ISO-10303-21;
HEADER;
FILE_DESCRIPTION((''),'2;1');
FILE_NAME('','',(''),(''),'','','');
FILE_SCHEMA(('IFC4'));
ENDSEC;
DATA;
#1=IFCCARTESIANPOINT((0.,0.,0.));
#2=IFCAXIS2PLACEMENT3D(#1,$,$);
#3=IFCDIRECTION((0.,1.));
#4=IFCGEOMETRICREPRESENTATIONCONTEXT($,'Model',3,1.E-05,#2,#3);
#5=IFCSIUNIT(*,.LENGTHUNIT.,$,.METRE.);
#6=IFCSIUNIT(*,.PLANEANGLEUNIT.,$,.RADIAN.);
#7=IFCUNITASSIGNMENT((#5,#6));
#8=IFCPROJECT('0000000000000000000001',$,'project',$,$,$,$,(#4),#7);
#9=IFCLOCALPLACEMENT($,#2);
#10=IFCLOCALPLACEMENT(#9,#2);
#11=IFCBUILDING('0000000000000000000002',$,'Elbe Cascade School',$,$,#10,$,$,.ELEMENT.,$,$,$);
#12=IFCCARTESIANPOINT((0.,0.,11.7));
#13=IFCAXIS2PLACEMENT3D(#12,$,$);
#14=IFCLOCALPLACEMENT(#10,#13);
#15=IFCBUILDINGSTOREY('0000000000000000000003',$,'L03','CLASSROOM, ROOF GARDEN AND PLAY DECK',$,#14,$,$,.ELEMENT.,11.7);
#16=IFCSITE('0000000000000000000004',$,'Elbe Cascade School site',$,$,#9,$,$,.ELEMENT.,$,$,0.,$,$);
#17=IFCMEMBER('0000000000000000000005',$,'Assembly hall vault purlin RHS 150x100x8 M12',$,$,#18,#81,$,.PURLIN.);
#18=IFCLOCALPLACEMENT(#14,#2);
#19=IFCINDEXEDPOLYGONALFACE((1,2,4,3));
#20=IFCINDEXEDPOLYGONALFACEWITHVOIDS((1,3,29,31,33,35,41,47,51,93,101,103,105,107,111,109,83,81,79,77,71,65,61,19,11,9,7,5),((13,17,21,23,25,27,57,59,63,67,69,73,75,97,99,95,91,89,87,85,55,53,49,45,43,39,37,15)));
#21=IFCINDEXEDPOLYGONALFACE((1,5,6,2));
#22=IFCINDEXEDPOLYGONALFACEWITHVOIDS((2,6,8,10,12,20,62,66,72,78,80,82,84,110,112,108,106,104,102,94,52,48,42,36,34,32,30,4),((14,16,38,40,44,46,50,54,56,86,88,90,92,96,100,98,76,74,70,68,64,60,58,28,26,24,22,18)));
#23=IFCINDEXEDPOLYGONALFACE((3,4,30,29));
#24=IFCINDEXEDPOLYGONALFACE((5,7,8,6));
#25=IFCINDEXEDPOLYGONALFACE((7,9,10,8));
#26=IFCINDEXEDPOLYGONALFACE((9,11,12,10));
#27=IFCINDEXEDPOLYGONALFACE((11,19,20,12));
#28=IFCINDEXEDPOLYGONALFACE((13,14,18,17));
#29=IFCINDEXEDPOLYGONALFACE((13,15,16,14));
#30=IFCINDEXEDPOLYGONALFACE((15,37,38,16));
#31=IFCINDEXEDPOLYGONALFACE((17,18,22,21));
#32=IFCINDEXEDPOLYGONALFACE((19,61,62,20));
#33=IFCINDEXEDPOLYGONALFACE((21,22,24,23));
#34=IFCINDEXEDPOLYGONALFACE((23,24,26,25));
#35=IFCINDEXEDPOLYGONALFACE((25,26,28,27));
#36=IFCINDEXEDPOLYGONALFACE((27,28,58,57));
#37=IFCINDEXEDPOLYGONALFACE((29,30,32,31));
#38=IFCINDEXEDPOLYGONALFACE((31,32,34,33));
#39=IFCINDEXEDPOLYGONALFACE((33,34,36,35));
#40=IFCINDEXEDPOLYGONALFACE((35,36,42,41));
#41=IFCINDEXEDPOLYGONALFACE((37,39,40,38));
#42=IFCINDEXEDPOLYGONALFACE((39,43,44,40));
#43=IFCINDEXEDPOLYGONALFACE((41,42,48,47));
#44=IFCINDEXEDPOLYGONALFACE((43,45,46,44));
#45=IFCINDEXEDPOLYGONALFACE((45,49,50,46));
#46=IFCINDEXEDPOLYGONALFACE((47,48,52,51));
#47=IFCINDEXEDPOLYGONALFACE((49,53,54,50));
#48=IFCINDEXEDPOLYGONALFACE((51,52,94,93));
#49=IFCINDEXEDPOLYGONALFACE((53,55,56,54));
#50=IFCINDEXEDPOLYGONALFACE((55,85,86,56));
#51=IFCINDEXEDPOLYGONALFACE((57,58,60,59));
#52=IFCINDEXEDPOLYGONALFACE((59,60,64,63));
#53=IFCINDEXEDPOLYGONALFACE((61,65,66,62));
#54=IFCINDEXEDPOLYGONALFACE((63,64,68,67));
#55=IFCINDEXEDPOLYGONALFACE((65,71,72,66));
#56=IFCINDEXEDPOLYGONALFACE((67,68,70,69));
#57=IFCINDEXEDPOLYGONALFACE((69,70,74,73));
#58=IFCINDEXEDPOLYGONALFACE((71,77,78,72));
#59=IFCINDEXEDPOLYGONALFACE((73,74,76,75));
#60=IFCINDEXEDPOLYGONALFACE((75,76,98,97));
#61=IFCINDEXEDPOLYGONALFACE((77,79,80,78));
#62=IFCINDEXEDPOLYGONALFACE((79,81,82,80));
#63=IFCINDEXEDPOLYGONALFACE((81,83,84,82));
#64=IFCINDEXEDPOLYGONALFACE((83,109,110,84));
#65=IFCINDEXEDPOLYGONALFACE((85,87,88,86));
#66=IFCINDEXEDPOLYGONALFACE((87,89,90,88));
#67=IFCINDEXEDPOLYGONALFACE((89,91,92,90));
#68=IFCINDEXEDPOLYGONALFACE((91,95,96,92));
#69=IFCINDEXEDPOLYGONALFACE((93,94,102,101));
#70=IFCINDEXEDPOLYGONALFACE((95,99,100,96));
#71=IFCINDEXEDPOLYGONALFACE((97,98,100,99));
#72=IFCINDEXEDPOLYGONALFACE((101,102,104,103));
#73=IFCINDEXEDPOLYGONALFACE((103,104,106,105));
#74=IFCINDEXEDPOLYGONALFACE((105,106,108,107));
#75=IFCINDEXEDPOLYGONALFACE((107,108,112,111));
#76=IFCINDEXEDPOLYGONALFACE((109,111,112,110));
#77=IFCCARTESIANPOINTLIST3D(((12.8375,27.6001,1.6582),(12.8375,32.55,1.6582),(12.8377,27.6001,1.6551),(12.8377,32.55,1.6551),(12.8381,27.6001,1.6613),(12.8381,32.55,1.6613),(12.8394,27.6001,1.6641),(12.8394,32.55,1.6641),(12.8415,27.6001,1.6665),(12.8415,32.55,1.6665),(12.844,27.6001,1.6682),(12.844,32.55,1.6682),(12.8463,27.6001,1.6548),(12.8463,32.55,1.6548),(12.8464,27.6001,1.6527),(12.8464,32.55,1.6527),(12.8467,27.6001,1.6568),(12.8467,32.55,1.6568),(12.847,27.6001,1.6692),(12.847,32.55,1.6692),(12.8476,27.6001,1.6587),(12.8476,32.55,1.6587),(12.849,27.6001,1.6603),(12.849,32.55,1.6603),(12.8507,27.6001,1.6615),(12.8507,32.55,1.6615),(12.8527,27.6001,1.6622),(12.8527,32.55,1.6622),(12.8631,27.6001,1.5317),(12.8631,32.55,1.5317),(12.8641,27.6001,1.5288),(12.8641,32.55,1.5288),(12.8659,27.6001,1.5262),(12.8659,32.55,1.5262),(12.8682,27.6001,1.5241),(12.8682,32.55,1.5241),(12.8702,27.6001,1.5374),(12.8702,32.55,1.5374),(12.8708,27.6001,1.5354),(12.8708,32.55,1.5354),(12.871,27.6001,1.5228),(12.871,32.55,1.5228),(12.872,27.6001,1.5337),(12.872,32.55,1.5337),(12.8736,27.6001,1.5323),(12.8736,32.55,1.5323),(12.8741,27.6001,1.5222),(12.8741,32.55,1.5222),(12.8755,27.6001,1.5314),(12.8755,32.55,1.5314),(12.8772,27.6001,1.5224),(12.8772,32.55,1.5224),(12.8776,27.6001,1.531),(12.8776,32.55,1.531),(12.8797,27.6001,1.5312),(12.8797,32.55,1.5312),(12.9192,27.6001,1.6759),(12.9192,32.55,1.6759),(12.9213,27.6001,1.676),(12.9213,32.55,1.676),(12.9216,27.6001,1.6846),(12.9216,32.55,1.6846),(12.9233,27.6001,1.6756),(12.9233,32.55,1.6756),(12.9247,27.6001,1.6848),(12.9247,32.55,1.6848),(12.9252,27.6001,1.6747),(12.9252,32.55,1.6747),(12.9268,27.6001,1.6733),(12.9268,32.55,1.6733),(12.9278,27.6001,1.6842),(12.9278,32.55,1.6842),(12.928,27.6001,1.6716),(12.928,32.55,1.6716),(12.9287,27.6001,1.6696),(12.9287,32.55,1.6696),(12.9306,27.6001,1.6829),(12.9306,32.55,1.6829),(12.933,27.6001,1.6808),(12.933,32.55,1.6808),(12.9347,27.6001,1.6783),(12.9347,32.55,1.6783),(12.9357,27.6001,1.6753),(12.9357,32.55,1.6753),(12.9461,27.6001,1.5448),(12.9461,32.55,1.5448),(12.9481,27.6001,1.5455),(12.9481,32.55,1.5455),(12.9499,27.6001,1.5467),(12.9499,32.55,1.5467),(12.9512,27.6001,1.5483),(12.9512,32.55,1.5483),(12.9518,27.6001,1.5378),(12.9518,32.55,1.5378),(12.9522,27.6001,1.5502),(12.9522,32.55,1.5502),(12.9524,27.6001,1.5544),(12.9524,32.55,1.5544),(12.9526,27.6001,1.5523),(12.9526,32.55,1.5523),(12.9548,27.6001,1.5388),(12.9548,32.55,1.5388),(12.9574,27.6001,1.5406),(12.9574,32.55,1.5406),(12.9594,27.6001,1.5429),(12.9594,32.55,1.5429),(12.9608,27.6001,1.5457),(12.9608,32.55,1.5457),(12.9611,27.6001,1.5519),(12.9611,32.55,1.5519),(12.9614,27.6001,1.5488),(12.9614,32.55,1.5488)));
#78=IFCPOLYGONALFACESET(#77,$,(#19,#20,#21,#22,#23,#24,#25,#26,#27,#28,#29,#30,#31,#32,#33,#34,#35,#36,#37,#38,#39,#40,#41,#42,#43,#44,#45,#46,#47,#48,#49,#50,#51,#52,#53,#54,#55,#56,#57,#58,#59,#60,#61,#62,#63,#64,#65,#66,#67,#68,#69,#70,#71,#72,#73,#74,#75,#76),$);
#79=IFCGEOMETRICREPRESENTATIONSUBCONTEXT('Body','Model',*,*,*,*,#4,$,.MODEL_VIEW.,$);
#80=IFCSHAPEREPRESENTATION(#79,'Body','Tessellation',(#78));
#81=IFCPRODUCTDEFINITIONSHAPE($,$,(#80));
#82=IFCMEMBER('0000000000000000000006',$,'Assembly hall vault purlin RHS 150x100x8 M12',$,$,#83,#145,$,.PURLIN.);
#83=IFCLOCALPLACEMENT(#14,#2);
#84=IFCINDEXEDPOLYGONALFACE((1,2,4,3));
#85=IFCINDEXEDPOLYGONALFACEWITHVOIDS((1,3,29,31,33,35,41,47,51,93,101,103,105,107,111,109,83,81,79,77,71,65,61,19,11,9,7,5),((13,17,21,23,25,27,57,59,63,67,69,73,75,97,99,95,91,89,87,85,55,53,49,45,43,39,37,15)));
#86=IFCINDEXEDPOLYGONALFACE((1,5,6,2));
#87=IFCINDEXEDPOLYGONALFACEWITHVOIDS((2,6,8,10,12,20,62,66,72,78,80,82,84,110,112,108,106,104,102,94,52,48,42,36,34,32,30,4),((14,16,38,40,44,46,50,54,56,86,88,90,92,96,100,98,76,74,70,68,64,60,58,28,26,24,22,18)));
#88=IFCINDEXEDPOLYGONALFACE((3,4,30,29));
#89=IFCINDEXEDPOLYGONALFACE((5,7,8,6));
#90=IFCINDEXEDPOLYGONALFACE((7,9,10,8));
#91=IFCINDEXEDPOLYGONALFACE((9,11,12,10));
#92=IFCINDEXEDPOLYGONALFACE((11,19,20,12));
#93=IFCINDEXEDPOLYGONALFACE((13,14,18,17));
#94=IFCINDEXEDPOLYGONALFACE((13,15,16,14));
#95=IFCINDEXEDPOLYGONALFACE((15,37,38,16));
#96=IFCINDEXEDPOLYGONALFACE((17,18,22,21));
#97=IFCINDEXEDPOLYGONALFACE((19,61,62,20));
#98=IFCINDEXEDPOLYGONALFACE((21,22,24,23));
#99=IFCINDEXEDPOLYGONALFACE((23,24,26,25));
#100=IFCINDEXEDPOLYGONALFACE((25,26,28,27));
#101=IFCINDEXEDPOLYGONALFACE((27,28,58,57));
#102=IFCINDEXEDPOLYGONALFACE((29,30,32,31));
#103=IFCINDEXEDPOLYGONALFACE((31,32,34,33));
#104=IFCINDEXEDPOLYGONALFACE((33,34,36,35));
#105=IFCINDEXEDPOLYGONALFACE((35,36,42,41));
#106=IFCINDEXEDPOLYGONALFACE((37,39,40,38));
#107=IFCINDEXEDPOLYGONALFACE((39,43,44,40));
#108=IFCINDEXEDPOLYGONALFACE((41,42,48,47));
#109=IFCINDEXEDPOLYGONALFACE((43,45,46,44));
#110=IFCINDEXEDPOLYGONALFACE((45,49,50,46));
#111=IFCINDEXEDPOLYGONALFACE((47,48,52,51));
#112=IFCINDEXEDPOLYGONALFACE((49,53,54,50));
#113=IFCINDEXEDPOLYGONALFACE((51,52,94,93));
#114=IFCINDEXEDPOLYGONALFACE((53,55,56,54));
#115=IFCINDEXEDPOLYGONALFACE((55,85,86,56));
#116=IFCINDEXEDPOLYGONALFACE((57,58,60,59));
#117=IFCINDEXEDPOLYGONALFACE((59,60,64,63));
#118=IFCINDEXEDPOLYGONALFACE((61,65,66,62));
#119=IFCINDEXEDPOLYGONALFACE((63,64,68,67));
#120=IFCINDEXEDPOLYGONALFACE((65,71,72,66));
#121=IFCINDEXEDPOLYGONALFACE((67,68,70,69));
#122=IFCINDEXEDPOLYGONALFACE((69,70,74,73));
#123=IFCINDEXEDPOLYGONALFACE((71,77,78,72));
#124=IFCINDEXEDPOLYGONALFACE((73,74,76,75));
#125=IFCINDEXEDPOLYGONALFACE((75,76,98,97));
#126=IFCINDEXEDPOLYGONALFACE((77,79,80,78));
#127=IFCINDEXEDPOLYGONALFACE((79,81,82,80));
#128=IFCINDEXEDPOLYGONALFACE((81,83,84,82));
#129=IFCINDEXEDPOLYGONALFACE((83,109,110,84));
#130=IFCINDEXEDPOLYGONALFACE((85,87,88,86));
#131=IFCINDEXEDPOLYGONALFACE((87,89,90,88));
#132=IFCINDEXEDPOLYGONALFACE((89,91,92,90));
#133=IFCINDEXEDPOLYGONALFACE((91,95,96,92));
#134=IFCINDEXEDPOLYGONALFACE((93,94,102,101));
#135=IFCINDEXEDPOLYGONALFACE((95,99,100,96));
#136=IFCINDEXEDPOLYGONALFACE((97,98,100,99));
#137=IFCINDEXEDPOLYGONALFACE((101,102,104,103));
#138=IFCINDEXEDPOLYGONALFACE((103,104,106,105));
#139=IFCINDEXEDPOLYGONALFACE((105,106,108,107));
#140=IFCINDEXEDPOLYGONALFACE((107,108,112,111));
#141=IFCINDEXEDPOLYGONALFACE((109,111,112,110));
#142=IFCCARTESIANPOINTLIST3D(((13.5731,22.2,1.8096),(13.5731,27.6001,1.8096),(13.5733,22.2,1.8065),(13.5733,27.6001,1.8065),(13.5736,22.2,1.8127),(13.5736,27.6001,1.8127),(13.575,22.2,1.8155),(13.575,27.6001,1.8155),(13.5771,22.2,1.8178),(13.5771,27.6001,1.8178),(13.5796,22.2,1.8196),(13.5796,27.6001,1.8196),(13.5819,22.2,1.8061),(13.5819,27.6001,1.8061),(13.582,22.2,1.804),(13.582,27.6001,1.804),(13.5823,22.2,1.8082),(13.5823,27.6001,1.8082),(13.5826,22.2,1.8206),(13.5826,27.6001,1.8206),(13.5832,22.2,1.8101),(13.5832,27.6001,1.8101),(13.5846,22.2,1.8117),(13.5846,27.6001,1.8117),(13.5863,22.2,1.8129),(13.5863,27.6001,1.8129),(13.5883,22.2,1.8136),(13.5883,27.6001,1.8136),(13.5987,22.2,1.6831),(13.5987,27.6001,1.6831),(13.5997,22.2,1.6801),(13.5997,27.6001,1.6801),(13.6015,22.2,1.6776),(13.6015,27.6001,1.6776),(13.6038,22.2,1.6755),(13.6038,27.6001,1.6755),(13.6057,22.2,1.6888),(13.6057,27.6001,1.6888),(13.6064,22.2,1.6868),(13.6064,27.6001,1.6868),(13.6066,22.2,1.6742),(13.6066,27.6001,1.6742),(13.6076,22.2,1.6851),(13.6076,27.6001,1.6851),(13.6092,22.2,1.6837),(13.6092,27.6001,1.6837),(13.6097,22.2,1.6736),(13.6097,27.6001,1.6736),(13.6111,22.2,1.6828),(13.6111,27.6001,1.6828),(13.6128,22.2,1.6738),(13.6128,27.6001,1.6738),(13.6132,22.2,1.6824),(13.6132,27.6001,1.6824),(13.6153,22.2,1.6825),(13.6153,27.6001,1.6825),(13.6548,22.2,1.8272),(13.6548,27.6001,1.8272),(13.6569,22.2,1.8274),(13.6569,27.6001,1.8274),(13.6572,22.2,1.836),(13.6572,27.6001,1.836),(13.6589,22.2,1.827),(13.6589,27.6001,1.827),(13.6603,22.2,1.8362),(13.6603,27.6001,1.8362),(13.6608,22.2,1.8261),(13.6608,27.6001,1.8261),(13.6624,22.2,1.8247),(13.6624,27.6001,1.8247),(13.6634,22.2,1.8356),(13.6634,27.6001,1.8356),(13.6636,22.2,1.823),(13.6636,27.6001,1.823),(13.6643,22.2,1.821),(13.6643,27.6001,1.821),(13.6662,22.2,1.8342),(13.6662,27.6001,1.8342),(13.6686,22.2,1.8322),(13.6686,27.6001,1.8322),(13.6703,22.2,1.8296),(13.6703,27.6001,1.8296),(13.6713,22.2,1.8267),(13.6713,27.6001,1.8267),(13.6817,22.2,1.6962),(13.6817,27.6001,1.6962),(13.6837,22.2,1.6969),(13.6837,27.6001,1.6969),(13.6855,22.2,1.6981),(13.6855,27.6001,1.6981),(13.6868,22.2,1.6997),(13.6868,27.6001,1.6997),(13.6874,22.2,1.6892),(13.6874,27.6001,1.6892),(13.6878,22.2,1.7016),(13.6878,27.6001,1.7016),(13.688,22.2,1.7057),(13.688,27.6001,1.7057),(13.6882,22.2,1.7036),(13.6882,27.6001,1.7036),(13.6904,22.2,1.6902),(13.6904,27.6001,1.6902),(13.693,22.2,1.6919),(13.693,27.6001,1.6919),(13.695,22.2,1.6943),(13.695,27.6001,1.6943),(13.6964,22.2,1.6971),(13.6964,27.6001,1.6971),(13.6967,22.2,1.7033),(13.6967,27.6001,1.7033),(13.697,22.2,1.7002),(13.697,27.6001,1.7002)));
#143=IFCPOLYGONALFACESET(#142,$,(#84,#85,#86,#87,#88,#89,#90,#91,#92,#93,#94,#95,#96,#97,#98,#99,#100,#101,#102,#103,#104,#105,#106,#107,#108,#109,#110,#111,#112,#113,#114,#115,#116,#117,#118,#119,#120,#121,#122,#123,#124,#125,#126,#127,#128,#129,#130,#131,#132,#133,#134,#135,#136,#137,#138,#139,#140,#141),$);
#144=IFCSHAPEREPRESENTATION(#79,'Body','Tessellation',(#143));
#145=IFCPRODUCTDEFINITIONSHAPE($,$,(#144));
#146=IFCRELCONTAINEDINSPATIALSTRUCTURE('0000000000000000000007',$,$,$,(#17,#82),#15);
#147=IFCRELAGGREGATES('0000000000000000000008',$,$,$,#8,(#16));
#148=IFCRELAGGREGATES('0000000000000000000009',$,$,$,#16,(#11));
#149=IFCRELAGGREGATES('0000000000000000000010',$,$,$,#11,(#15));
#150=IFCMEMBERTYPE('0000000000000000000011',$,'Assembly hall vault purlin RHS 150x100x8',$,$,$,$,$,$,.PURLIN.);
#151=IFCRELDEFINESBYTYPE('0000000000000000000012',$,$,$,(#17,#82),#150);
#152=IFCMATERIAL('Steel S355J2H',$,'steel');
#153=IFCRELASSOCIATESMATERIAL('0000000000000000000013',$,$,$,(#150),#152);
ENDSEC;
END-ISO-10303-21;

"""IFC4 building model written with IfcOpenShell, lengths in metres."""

from ifc_helpers import new_model, si_unit, direction, frame, origin, origin_2d, place, context, subcontext, project, spatial, hollow_rectangle, extrude, material, material_profile, profile_set, type_object, element, save


model = new_model("IFC4")

# Units and contexts
model_context = context("Model", 3, precision=1e-05, world=origin(), true_north=direction((0.0, 1.0)))
body_context = subcontext(model_context, "Body", "Model", "MODEL_VIEW")
ifc_project = project(units=[si_unit("LENGTHUNIT", "METRE"), si_unit("PLANEANGLEUNIT", "RADIAN")], contexts=[model_context])

# Site, building, storey
site_placement = place(None, origin())
site = spatial("IfcSite", under=ifc_project, at=site_placement, Name="Elbe Cascade School site", CompositionType="ELEMENT", RefElevation=0.0)
building_placement = place(site_placement, origin())
building = spatial("IfcBuilding", under=site, at=building_placement, Name="Elbe Cascade School", CompositionType="ELEMENT")
storey_placement = place(building_placement, frame((0.0, 0.0, 11.7)))
storey = spatial("IfcBuildingStorey", under=building, at=storey_placement, Name="L03", Description="CLASSROOM, ROOF GARDEN AND PLAY DECK", CompositionType="ELEMENT", Elevation=11.7)

# Members
ifc_material_1 = material(Name="Steel S355J2H", Category="steel")
ifc_material_profile_1 = material_profile(ifc_material_1, hollow_rectangle(XDim=0.1001, YDim=0.1499, WallThickness=0.0081, InnerFilletRadius=0.0081, OuterFilletRadius=0.012, at=origin_2d()), Name="RHS 150x100x8")
ifc_profile_set_1 = profile_set([ifc_material_profile_1], Name="Steel S355J2H")
member_type_1 = type_object("IfcMemberType", Name="Assembly hall vault purlin RHS 150x100x8", PredefinedType="PURLIN", material=ifc_profile_set_1)
for number, where, z_axis, x_axis, name in (
    (1, (12.8994, 27.6001, 1.6035), (0.0, 1.0, 0.0), (-0.979451, 0.0, -0.201683), "Assembly hall vault purlin RHS 150x100x8 M12"),
):
    element("IfcMember", number, at=place(storey_placement, frame(where, z_axis=z_axis, x_axis=x_axis)), inside=storey, type_object=member_type_1, Name=name, PredefinedType="PURLIN", context=body_context, shape_type="SweptSolid", body=[
        extrude(hollow_rectangle(XDim=0.1001, YDim=0.1499, WallThickness=0.0081, InnerFilletRadius=0.0081, OuterFilletRadius=0.012, at=origin_2d()), origin(), (0.0, 0.0, 1.0), 4.95),
    ])
member_1_placement = place(storey_placement, frame((13.635, 22.2, 1.7549), z_axis=(0.0, 1.0, 0.0), x_axis=(-0.979451, 0.0, -0.201683)))
element("IfcMember", 2, at=member_1_placement, inside=storey, type_object=member_type_1, Name="Assembly hall vault purlin RHS 150x100x8 M12", PredefinedType="PURLIN", context=body_context, shape_type="SweptSolid", body=[
    extrude(hollow_rectangle(XDim=0.1001, YDim=0.1499, WallThickness=0.0081, InnerFilletRadius=0.0081, OuterFilletRadius=0.012, at=origin_2d()), origin(), (0.0, 0.0, 1.0), 5.4001),
])

save(model, "model.ifc")
